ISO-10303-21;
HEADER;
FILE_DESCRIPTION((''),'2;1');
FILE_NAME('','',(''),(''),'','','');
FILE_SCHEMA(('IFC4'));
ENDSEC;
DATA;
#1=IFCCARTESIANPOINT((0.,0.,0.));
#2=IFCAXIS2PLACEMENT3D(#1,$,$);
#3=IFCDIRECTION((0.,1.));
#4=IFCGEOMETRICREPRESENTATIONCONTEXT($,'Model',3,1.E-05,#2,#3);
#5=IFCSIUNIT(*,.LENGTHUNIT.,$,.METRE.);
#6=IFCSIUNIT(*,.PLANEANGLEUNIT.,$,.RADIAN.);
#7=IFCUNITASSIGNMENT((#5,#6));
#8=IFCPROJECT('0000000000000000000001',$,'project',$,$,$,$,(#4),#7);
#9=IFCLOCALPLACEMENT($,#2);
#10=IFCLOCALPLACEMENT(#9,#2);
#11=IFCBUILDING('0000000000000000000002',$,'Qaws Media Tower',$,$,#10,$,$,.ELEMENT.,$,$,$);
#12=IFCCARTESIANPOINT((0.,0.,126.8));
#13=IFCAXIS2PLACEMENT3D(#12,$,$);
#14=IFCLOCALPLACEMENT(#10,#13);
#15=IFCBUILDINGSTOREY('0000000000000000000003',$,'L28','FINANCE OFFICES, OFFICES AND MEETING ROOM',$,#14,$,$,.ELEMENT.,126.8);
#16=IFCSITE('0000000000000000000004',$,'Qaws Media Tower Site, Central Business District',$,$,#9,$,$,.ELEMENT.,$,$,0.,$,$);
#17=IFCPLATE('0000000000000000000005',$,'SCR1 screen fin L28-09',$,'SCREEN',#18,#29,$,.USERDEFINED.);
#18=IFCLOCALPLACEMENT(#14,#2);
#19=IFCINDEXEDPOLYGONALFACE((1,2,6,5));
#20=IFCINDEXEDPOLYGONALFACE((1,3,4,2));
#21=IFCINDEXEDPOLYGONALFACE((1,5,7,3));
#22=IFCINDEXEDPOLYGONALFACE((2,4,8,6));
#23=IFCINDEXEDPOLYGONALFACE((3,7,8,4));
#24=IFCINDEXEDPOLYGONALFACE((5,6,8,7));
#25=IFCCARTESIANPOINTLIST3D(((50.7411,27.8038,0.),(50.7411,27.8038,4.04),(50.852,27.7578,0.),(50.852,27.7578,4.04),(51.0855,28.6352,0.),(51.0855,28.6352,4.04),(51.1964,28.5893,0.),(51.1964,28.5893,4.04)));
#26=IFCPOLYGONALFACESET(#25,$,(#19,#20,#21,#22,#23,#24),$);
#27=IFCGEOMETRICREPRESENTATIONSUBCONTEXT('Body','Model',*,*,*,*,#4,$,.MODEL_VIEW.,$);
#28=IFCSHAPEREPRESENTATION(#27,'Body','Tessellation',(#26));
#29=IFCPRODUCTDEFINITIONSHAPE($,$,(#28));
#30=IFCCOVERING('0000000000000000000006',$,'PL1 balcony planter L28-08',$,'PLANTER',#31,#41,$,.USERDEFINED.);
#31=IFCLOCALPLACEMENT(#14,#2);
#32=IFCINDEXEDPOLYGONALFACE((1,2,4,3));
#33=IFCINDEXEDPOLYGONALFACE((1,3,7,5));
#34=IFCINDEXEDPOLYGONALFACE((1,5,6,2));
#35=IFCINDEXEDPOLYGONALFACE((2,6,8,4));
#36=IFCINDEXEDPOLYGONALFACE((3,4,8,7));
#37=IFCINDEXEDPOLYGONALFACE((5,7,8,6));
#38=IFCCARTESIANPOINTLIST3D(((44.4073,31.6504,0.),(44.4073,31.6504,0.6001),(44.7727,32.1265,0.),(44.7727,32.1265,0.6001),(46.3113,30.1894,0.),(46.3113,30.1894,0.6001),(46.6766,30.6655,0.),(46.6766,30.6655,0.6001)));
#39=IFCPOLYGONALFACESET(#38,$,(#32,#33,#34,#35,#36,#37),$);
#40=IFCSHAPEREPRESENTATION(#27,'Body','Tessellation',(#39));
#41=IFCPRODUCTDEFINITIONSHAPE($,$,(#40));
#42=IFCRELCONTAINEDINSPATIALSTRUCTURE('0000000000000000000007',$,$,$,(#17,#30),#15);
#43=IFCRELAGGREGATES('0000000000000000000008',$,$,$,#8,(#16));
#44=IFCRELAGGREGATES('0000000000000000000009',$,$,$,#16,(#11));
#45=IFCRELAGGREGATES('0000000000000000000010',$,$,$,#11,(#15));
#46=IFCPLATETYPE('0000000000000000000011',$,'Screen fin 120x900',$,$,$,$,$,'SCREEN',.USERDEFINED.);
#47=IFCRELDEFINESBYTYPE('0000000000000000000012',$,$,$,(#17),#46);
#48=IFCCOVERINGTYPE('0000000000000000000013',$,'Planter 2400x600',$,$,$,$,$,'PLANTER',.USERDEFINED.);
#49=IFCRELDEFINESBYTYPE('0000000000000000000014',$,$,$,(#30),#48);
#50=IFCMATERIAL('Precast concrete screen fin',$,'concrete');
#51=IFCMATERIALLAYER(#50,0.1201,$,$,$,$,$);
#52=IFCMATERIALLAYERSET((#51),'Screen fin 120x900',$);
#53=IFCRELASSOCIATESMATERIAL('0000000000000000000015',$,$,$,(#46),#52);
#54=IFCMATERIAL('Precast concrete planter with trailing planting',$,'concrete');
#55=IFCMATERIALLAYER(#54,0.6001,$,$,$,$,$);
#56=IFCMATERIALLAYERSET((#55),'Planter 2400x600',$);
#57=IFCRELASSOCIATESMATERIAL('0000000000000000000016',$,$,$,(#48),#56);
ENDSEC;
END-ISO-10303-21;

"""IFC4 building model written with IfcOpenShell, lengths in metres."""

from ifc_helpers import new_model, si_unit, direction, frame, origin, origin_2d, place, context, subcontext, project, spatial, rectangle, extrude, material, layer, layer_set, type_object, element, save


model = new_model("IFC4")

# Units and contexts
model_context = context("Model", 3, precision=1e-05, world=origin(), true_north=direction((0.0, 1.0)))
body_context = subcontext(model_context, "Body", "Model", "MODEL_VIEW")
ifc_project = project(units=[si_unit("LENGTHUNIT", "METRE"), si_unit("PLANEANGLEUNIT", "RADIAN")], contexts=[model_context])

# Site, building, storey
site_placement = place(None, origin())
site = spatial("IfcSite", under=ifc_project, at=site_placement, Name="Qaws Media Tower Site, Central Business District", CompositionType="ELEMENT", RefElevation=0.0)
building_placement = place(site_placement, origin())
building = spatial("IfcBuilding", under=site, at=building_placement, Name="Qaws Media Tower", CompositionType="ELEMENT")
storey_placement = place(building_placement, frame((0.0, 0.0, 126.8)))
storey = spatial("IfcBuildingStorey", under=building, at=storey_placement, Name="L28", Description="FINANCE OFFICES, OFFICES AND MEETING ROOM", CompositionType="ELEMENT", Elevation=126.8)

# Plate
ifc_material_1 = material(Name="Precast concrete screen fin", Category="concrete")
ifc_layer_1 = layer(ifc_material_1, 0.1201)
ifc_layer_set_1 = layer_set([ifc_layer_1], Name="Screen fin 120x900")
plate_type_1 = type_object("IfcPlateType", Name="Screen fin 120x900", ElementType="SCREEN", PredefinedType="USERDEFINED", material=ifc_layer_set_1)
plate_1_placement = place(storey_placement, frame((50.9688, 28.1965, 0.0), z_axis=(0.0, 0.0, 1.0), x_axis=(-0.382683, -0.92388, 0.0)))
element("IfcPlate", 1, at=plate_1_placement, inside=storey, type_object=plate_type_1, Name="SCR1 screen fin L28-09", ObjectType="SCREEN", PredefinedType="USERDEFINED", context=body_context, shape_type="SweptSolid", body=[
    extrude(rectangle(XDim=0.8999, YDim=0.1201, at=origin_2d()), origin(), (0.0, 0.0, 1.0), 4.04),
])

# Covering
ifc_material_2 = material(Name="Precast concrete planter with trailing planting", Category="concrete")
ifc_layer_2 = layer(ifc_material_2, 0.6001)
ifc_layer_set_2 = layer_set([ifc_layer_2], Name="Planter 2400x600")
covering_type = type_object("IfcCoveringType", Name="Planter 2400x600", ElementType="PLANTER", PredefinedType="USERDEFINED", material=ifc_layer_set_2)
covering_placement = place(storey_placement, frame((45.542, 31.158, 0.0), z_axis=(0.0, 0.0, 1.0), x_axis=(0.793353, -0.608761, 0.0)))
element("IfcCovering", 2, at=covering_placement, inside=storey, type_object=covering_type, Name="PL1 balcony planter L28-08", ObjectType="PLANTER", PredefinedType="USERDEFINED", context=body_context, shape_type="SweptSolid", body=[
    extrude(rectangle(XDim=2.3999, YDim=0.6001, at=origin_2d()), origin(), (0.0, 0.0, 1.0), 0.6001),
])

save(model, "model.ifc")
